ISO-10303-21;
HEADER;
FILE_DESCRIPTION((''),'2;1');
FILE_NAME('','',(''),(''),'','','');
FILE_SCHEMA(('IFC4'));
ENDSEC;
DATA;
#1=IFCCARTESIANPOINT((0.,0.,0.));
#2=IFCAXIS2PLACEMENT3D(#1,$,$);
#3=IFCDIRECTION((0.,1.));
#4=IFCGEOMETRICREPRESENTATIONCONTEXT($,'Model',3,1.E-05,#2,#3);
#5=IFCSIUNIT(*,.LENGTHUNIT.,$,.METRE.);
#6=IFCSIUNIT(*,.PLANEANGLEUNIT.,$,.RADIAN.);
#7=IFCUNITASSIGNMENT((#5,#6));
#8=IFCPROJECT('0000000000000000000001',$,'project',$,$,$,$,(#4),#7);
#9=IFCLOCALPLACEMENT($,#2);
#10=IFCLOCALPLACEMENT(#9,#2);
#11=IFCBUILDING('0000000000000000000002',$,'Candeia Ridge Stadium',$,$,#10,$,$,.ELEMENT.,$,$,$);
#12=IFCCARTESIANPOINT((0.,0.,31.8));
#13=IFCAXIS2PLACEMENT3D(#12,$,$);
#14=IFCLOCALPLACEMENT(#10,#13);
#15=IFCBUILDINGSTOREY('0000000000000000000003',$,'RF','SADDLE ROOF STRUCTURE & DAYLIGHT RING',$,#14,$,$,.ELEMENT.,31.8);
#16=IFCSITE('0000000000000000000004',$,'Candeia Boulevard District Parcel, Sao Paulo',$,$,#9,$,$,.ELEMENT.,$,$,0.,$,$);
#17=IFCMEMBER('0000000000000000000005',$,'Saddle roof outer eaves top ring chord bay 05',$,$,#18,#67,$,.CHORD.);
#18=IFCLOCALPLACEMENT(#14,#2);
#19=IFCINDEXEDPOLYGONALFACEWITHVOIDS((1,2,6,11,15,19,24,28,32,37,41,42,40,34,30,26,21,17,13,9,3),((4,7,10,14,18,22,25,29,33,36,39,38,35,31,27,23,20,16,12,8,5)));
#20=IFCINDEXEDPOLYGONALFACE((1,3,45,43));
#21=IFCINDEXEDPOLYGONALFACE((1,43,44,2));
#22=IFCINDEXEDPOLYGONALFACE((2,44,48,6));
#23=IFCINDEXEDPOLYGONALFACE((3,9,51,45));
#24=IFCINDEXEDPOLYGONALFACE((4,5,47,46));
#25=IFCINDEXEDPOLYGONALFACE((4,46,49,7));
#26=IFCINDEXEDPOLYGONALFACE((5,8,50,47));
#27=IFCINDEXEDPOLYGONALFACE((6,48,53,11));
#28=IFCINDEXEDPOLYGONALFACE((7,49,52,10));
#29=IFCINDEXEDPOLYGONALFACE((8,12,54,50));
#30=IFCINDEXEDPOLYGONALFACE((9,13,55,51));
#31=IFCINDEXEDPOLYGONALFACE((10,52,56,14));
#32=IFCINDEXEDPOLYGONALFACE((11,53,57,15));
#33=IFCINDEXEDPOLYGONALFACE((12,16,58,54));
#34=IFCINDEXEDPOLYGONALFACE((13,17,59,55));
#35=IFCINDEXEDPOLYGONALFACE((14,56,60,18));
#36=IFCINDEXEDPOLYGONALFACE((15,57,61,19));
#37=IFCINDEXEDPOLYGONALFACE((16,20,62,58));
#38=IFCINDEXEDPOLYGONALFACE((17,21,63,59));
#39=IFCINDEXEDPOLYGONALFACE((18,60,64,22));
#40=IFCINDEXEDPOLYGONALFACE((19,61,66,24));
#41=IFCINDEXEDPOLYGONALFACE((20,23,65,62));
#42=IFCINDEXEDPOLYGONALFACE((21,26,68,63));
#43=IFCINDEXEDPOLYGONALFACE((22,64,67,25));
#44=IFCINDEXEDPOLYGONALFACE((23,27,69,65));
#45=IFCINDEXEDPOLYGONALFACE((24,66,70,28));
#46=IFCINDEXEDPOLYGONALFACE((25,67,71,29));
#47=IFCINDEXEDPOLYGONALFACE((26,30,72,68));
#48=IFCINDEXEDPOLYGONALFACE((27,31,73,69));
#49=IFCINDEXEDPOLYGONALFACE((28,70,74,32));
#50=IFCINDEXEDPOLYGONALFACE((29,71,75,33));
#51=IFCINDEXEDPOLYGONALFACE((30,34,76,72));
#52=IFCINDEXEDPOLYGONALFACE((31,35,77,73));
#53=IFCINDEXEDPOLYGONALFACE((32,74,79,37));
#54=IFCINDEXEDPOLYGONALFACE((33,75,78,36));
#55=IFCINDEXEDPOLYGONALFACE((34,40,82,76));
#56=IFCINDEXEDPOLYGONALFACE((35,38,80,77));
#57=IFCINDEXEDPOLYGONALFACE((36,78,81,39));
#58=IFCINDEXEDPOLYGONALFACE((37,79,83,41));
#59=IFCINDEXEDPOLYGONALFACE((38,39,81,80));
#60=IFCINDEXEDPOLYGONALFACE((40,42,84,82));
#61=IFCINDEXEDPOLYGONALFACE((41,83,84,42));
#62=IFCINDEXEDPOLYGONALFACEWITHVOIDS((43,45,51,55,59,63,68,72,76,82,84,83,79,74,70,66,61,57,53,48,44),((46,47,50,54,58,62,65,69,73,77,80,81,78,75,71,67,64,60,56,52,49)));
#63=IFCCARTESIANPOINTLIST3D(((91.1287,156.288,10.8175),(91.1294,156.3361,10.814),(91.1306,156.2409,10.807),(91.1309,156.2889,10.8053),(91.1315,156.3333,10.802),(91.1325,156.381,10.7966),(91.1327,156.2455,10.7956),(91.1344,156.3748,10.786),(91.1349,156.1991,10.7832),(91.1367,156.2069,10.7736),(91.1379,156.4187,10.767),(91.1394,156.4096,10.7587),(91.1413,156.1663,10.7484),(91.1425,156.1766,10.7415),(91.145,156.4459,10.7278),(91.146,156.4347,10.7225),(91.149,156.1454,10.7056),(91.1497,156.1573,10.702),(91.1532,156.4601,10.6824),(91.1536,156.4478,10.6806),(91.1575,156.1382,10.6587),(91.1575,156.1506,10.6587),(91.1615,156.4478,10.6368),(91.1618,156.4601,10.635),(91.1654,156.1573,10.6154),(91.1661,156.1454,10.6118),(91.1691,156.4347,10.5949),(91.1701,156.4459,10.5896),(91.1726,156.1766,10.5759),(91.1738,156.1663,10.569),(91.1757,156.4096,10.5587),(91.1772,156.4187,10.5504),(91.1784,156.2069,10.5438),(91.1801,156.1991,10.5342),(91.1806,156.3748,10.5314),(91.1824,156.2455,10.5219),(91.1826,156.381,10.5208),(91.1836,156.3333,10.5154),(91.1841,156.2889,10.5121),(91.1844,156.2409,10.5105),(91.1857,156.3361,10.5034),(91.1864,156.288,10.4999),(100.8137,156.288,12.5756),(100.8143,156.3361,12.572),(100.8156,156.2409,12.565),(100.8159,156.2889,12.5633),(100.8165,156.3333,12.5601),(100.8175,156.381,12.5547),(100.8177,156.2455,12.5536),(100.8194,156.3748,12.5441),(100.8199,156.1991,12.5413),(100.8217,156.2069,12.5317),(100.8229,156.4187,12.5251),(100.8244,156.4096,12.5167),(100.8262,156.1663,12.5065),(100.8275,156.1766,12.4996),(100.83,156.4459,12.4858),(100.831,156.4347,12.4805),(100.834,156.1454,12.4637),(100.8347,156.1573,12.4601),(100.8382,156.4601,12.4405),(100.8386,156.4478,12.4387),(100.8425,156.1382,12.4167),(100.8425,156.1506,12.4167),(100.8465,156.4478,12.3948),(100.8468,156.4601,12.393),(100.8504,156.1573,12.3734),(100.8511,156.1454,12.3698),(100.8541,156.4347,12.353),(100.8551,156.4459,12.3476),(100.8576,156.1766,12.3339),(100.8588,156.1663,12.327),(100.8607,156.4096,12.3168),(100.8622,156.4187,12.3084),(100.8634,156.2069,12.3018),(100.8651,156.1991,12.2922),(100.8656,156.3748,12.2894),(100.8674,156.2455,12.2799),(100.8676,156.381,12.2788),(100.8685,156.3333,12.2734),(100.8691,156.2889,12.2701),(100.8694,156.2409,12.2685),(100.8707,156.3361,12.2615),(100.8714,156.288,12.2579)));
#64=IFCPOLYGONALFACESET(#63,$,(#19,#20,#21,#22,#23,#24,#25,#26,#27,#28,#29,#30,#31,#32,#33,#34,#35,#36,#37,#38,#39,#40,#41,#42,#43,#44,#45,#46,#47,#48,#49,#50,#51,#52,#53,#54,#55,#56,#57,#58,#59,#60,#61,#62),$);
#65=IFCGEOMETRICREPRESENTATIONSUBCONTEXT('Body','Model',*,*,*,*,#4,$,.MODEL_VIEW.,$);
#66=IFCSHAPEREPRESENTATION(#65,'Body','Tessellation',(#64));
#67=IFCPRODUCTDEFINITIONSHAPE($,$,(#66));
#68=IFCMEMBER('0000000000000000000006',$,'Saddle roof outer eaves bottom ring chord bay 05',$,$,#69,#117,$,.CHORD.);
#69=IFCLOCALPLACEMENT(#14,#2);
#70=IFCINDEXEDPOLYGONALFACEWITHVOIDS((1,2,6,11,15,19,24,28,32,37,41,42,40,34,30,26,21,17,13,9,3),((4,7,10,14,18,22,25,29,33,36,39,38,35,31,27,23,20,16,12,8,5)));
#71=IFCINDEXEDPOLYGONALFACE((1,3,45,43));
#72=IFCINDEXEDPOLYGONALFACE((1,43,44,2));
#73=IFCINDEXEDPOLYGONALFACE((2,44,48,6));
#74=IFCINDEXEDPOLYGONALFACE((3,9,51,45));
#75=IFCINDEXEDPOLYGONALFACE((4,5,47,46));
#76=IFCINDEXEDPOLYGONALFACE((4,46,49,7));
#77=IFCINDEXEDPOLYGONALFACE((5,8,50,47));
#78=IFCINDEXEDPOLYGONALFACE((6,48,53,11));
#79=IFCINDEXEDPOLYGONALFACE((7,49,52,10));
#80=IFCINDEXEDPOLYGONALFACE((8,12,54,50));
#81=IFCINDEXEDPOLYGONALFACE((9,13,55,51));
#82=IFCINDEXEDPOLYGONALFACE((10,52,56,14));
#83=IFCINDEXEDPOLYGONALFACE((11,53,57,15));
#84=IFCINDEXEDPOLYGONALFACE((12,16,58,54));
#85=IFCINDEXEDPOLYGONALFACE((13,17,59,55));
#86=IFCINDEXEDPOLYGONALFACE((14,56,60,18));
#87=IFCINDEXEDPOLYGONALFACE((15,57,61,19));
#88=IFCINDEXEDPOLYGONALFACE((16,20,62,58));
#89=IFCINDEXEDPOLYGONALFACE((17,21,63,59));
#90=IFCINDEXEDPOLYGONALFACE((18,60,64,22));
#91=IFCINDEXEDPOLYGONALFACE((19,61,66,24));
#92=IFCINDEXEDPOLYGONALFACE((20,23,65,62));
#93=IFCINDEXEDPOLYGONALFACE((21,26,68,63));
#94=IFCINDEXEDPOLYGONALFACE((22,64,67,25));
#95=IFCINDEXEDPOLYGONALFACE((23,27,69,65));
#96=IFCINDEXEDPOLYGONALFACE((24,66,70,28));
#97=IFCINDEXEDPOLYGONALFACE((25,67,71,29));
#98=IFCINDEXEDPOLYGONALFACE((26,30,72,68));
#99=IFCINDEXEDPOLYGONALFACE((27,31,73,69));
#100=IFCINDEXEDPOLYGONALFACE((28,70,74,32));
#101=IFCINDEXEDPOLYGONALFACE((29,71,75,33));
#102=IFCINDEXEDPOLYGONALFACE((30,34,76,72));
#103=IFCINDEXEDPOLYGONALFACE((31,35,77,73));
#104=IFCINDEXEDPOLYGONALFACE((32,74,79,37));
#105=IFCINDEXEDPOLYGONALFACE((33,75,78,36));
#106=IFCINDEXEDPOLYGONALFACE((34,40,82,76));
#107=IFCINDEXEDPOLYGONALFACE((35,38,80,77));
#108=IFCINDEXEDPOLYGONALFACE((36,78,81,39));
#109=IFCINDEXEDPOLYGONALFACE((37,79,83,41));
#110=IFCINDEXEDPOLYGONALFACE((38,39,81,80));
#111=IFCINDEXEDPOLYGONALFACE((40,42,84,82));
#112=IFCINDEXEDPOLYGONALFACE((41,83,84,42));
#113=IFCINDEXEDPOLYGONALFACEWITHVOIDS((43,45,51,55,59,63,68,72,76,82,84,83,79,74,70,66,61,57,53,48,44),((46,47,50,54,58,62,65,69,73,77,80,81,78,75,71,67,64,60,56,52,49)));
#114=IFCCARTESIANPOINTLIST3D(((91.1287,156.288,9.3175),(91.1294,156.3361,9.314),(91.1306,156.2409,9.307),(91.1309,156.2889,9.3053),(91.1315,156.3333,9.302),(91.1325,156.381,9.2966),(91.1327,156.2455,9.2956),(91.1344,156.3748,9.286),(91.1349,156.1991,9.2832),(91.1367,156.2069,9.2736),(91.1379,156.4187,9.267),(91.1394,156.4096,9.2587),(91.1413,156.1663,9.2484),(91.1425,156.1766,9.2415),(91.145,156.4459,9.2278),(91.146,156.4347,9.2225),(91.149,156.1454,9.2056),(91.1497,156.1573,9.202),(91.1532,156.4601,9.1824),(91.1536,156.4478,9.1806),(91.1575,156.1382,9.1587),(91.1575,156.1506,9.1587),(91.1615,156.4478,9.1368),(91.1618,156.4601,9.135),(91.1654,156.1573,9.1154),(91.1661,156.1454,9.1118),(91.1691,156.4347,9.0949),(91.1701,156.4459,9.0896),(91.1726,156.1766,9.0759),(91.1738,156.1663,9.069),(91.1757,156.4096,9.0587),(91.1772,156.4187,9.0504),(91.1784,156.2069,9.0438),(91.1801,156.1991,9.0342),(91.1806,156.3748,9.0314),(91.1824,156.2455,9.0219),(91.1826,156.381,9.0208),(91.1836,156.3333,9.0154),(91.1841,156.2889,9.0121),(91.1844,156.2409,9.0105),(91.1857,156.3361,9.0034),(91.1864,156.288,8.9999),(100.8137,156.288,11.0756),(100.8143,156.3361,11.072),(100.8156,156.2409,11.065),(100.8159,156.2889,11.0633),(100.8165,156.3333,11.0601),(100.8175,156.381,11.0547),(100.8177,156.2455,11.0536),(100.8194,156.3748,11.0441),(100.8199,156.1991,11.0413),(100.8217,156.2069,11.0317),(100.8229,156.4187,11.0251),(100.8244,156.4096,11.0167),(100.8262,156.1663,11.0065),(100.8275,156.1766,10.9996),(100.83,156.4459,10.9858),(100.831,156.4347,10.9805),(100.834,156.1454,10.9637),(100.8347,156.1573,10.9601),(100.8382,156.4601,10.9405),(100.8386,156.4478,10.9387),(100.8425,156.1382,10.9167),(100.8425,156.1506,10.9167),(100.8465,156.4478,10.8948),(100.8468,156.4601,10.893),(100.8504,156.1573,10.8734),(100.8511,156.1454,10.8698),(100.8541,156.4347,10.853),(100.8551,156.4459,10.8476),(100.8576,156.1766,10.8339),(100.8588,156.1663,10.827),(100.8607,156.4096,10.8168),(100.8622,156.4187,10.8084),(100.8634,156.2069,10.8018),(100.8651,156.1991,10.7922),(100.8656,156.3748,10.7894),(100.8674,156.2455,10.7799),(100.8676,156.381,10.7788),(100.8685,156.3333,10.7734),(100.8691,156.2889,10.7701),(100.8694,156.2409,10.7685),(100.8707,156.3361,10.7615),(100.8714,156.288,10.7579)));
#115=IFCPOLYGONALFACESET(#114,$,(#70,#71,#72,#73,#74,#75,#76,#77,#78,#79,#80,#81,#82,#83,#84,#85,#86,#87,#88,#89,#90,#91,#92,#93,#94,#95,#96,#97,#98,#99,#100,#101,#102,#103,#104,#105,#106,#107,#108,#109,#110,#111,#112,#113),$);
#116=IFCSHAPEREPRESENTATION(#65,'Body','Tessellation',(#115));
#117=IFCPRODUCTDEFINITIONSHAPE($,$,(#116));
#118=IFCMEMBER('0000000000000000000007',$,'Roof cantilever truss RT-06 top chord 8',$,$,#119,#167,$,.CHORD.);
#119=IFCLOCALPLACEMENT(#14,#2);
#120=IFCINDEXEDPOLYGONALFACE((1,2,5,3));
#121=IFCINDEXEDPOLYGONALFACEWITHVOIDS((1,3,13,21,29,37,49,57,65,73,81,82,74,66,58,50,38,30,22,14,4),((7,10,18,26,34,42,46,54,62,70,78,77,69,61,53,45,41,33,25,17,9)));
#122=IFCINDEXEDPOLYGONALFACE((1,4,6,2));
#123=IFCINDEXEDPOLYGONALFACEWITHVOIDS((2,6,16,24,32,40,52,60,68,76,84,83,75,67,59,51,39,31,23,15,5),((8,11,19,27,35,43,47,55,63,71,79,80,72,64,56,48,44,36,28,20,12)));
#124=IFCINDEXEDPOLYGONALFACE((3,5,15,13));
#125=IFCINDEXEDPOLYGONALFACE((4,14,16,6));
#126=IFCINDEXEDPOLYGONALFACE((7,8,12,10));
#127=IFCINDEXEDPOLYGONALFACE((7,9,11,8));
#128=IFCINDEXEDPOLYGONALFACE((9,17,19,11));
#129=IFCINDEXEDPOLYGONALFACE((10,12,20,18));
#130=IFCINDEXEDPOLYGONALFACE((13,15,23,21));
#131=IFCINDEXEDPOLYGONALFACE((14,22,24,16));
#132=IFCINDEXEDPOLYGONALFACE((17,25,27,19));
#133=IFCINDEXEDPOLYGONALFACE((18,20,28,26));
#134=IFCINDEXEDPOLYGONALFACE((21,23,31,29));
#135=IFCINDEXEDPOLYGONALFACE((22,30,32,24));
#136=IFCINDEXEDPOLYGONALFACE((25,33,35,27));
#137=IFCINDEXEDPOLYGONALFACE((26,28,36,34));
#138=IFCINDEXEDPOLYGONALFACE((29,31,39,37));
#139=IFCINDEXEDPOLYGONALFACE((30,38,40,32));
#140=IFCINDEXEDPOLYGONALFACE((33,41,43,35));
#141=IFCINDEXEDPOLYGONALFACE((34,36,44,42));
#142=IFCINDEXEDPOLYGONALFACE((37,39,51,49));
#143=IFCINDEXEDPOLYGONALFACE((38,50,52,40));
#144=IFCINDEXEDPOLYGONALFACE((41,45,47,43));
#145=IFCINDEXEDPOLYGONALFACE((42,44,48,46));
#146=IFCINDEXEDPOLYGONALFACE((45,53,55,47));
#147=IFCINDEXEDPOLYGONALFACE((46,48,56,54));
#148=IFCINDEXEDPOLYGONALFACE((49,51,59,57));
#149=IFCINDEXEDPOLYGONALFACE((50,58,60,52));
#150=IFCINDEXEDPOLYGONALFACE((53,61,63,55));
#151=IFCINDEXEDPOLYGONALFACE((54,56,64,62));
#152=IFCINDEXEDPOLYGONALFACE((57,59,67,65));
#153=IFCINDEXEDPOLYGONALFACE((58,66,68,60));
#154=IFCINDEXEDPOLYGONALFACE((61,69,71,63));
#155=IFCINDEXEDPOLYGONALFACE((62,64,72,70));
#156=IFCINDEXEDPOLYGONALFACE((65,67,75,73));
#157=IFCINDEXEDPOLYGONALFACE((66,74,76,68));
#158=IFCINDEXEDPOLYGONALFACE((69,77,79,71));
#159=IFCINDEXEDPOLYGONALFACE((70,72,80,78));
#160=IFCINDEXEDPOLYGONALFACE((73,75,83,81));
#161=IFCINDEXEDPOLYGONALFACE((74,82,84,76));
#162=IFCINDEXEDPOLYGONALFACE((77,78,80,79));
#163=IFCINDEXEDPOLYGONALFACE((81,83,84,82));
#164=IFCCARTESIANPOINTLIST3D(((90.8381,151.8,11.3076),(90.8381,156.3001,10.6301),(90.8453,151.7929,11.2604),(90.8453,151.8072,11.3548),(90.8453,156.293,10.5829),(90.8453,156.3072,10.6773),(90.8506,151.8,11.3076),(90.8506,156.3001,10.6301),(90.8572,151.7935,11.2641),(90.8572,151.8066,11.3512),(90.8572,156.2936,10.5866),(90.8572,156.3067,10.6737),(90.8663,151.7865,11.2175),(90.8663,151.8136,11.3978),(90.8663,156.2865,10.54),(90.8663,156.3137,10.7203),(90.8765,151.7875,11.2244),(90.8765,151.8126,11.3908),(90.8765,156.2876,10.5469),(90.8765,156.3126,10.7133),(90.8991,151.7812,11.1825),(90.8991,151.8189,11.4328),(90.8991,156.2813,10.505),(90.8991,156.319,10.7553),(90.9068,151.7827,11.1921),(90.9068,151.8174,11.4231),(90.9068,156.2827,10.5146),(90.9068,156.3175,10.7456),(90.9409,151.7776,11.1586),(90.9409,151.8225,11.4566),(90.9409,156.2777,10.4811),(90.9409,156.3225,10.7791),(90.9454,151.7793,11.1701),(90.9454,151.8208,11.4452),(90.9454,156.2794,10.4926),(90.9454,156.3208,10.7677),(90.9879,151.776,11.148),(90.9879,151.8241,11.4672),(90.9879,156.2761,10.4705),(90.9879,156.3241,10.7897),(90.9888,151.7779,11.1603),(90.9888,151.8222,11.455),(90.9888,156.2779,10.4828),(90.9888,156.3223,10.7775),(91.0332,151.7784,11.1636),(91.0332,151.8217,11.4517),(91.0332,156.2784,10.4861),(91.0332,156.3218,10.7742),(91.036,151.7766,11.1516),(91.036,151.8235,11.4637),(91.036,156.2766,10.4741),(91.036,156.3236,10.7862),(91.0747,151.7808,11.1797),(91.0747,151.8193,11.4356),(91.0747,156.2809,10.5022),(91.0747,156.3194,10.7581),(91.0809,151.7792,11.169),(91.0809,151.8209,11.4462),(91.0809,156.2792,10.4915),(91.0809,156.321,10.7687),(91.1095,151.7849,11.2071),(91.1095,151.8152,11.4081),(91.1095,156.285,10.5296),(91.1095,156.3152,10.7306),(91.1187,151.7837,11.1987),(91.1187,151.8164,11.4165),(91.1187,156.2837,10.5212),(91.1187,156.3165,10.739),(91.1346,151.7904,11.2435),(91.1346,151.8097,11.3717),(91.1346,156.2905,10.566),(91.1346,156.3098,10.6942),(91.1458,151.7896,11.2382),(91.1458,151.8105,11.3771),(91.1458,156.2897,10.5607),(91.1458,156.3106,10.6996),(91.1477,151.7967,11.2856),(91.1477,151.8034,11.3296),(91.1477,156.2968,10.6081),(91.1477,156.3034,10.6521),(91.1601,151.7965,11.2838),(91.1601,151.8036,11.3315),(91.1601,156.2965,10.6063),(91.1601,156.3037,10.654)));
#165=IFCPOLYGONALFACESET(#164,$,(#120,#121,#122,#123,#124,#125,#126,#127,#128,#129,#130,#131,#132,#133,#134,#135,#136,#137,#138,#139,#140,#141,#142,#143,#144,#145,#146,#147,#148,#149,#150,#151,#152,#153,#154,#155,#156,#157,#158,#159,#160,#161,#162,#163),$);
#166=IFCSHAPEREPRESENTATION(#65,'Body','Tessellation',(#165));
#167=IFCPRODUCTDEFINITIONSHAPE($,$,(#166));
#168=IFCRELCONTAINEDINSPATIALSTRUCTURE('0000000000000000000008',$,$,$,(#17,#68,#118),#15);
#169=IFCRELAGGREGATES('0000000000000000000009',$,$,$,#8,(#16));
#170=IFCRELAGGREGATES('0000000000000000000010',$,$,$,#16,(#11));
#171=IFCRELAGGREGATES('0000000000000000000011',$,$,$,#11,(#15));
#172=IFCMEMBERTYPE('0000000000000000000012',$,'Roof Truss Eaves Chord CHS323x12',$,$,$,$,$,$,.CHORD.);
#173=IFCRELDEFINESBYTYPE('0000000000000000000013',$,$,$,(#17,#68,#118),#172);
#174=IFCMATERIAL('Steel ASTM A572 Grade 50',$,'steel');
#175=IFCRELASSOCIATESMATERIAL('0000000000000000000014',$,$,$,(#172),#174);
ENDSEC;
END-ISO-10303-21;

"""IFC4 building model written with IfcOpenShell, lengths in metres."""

from ifc_helpers import new_model, si_unit, direction, frame, origin, origin_2d, place, context, subcontext, project, spatial, hollow_circle, extrude, material, material_profile, profile_set, type_object, element, save


model = new_model("IFC4")

# Units and contexts
model_context = context("Model", 3, precision=1e-05, world=origin(), true_north=direction((0.0, 1.0)))
body_context = subcontext(model_context, "Body", "Model", "MODEL_VIEW")
ifc_project = project(units=[si_unit("LENGTHUNIT", "METRE"), si_unit("PLANEANGLEUNIT", "RADIAN")], contexts=[model_context])

# Site, building, storey
site_placement = place(None, origin())
site = spatial("IfcSite", under=ifc_project, at=site_placement, Name="Candeia Boulevard District Parcel, Sao Paulo", CompositionType="ELEMENT", RefElevation=0.0)
building_placement = place(site_placement, origin())
building = spatial("IfcBuilding", under=site, at=building_placement, Name="Candeia Ridge Stadium", CompositionType="ELEMENT")
storey_placement = place(building_placement, frame((0.0, 0.0, 31.8)))
storey = spatial("IfcBuildingStorey", under=building, at=storey_placement, Name="RF", Description="SADDLE ROOF STRUCTURE & DAYLIGHT RING", CompositionType="ELEMENT", Elevation=31.8)

# Shared definitions
ifc_material_1 = material(Name="Steel ASTM A572 Grade 50", Category="steel")

# Members
ifc_material_profile_1 = material_profile(ifc_material_1, hollow_circle(Radius=0.1619, WallThickness=0.0125, at=origin_2d()), Name="CHS323x12", Category="steel")
ifc_profile_set_1 = profile_set([ifc_material_profile_1], Name="Steel ASTM A572 Grade 50")
member_type_1 = type_object("IfcMemberType", Name="Roof Truss Eaves Chord CHS323x12", PredefinedType="CHORD", material=ifc_profile_set_1)
for number, where, z_axis, x_axis, name in (
    (1, (100.8425, 156.3, 12.4167), (-0.983921, 0.0, -0.178604), (0.0, -1.0, 0.0), "Saddle roof outer eaves top ring chord bay 05"),
    (2, (100.8425, 156.3, 10.9167), (-0.983921, 0.0, -0.178604), (0.0, -1.0, 0.0), "Saddle roof outer eaves bottom ring chord bay 05"),
):
    element("IfcMember", number, at=place(storey_placement, frame(where, z_axis=z_axis, x_axis=x_axis)), inside=storey, type_object=member_type_1, Name=name, PredefinedType="CHORD", context=body_context, shape_type="SweptSolid", body=[
        extrude(hollow_circle(Radius=0.1619, WallThickness=0.0125, at=origin_2d()), origin(), (0.0, 0.0, 1.0), 9.8433),
    ])
member_1_placement = place(storey_placement, frame((91.0, 151.8, 11.3076), z_axis=(0.0, 0.988856, -0.148876), x_axis=(-1.0, 0.0, 0.0)))
element("IfcMember", 3, at=member_1_placement, inside=storey, type_object=member_type_1, Name="Roof cantilever truss RT-06 top chord 8", PredefinedType="CHORD", context=body_context, shape_type="SweptSolid", body=[
    extrude(hollow_circle(Radius=0.1619, WallThickness=0.0125, at=origin_2d()), origin(), (0.0, 0.0, 1.0), 4.5508),
])

save(model, "model.ifc")
